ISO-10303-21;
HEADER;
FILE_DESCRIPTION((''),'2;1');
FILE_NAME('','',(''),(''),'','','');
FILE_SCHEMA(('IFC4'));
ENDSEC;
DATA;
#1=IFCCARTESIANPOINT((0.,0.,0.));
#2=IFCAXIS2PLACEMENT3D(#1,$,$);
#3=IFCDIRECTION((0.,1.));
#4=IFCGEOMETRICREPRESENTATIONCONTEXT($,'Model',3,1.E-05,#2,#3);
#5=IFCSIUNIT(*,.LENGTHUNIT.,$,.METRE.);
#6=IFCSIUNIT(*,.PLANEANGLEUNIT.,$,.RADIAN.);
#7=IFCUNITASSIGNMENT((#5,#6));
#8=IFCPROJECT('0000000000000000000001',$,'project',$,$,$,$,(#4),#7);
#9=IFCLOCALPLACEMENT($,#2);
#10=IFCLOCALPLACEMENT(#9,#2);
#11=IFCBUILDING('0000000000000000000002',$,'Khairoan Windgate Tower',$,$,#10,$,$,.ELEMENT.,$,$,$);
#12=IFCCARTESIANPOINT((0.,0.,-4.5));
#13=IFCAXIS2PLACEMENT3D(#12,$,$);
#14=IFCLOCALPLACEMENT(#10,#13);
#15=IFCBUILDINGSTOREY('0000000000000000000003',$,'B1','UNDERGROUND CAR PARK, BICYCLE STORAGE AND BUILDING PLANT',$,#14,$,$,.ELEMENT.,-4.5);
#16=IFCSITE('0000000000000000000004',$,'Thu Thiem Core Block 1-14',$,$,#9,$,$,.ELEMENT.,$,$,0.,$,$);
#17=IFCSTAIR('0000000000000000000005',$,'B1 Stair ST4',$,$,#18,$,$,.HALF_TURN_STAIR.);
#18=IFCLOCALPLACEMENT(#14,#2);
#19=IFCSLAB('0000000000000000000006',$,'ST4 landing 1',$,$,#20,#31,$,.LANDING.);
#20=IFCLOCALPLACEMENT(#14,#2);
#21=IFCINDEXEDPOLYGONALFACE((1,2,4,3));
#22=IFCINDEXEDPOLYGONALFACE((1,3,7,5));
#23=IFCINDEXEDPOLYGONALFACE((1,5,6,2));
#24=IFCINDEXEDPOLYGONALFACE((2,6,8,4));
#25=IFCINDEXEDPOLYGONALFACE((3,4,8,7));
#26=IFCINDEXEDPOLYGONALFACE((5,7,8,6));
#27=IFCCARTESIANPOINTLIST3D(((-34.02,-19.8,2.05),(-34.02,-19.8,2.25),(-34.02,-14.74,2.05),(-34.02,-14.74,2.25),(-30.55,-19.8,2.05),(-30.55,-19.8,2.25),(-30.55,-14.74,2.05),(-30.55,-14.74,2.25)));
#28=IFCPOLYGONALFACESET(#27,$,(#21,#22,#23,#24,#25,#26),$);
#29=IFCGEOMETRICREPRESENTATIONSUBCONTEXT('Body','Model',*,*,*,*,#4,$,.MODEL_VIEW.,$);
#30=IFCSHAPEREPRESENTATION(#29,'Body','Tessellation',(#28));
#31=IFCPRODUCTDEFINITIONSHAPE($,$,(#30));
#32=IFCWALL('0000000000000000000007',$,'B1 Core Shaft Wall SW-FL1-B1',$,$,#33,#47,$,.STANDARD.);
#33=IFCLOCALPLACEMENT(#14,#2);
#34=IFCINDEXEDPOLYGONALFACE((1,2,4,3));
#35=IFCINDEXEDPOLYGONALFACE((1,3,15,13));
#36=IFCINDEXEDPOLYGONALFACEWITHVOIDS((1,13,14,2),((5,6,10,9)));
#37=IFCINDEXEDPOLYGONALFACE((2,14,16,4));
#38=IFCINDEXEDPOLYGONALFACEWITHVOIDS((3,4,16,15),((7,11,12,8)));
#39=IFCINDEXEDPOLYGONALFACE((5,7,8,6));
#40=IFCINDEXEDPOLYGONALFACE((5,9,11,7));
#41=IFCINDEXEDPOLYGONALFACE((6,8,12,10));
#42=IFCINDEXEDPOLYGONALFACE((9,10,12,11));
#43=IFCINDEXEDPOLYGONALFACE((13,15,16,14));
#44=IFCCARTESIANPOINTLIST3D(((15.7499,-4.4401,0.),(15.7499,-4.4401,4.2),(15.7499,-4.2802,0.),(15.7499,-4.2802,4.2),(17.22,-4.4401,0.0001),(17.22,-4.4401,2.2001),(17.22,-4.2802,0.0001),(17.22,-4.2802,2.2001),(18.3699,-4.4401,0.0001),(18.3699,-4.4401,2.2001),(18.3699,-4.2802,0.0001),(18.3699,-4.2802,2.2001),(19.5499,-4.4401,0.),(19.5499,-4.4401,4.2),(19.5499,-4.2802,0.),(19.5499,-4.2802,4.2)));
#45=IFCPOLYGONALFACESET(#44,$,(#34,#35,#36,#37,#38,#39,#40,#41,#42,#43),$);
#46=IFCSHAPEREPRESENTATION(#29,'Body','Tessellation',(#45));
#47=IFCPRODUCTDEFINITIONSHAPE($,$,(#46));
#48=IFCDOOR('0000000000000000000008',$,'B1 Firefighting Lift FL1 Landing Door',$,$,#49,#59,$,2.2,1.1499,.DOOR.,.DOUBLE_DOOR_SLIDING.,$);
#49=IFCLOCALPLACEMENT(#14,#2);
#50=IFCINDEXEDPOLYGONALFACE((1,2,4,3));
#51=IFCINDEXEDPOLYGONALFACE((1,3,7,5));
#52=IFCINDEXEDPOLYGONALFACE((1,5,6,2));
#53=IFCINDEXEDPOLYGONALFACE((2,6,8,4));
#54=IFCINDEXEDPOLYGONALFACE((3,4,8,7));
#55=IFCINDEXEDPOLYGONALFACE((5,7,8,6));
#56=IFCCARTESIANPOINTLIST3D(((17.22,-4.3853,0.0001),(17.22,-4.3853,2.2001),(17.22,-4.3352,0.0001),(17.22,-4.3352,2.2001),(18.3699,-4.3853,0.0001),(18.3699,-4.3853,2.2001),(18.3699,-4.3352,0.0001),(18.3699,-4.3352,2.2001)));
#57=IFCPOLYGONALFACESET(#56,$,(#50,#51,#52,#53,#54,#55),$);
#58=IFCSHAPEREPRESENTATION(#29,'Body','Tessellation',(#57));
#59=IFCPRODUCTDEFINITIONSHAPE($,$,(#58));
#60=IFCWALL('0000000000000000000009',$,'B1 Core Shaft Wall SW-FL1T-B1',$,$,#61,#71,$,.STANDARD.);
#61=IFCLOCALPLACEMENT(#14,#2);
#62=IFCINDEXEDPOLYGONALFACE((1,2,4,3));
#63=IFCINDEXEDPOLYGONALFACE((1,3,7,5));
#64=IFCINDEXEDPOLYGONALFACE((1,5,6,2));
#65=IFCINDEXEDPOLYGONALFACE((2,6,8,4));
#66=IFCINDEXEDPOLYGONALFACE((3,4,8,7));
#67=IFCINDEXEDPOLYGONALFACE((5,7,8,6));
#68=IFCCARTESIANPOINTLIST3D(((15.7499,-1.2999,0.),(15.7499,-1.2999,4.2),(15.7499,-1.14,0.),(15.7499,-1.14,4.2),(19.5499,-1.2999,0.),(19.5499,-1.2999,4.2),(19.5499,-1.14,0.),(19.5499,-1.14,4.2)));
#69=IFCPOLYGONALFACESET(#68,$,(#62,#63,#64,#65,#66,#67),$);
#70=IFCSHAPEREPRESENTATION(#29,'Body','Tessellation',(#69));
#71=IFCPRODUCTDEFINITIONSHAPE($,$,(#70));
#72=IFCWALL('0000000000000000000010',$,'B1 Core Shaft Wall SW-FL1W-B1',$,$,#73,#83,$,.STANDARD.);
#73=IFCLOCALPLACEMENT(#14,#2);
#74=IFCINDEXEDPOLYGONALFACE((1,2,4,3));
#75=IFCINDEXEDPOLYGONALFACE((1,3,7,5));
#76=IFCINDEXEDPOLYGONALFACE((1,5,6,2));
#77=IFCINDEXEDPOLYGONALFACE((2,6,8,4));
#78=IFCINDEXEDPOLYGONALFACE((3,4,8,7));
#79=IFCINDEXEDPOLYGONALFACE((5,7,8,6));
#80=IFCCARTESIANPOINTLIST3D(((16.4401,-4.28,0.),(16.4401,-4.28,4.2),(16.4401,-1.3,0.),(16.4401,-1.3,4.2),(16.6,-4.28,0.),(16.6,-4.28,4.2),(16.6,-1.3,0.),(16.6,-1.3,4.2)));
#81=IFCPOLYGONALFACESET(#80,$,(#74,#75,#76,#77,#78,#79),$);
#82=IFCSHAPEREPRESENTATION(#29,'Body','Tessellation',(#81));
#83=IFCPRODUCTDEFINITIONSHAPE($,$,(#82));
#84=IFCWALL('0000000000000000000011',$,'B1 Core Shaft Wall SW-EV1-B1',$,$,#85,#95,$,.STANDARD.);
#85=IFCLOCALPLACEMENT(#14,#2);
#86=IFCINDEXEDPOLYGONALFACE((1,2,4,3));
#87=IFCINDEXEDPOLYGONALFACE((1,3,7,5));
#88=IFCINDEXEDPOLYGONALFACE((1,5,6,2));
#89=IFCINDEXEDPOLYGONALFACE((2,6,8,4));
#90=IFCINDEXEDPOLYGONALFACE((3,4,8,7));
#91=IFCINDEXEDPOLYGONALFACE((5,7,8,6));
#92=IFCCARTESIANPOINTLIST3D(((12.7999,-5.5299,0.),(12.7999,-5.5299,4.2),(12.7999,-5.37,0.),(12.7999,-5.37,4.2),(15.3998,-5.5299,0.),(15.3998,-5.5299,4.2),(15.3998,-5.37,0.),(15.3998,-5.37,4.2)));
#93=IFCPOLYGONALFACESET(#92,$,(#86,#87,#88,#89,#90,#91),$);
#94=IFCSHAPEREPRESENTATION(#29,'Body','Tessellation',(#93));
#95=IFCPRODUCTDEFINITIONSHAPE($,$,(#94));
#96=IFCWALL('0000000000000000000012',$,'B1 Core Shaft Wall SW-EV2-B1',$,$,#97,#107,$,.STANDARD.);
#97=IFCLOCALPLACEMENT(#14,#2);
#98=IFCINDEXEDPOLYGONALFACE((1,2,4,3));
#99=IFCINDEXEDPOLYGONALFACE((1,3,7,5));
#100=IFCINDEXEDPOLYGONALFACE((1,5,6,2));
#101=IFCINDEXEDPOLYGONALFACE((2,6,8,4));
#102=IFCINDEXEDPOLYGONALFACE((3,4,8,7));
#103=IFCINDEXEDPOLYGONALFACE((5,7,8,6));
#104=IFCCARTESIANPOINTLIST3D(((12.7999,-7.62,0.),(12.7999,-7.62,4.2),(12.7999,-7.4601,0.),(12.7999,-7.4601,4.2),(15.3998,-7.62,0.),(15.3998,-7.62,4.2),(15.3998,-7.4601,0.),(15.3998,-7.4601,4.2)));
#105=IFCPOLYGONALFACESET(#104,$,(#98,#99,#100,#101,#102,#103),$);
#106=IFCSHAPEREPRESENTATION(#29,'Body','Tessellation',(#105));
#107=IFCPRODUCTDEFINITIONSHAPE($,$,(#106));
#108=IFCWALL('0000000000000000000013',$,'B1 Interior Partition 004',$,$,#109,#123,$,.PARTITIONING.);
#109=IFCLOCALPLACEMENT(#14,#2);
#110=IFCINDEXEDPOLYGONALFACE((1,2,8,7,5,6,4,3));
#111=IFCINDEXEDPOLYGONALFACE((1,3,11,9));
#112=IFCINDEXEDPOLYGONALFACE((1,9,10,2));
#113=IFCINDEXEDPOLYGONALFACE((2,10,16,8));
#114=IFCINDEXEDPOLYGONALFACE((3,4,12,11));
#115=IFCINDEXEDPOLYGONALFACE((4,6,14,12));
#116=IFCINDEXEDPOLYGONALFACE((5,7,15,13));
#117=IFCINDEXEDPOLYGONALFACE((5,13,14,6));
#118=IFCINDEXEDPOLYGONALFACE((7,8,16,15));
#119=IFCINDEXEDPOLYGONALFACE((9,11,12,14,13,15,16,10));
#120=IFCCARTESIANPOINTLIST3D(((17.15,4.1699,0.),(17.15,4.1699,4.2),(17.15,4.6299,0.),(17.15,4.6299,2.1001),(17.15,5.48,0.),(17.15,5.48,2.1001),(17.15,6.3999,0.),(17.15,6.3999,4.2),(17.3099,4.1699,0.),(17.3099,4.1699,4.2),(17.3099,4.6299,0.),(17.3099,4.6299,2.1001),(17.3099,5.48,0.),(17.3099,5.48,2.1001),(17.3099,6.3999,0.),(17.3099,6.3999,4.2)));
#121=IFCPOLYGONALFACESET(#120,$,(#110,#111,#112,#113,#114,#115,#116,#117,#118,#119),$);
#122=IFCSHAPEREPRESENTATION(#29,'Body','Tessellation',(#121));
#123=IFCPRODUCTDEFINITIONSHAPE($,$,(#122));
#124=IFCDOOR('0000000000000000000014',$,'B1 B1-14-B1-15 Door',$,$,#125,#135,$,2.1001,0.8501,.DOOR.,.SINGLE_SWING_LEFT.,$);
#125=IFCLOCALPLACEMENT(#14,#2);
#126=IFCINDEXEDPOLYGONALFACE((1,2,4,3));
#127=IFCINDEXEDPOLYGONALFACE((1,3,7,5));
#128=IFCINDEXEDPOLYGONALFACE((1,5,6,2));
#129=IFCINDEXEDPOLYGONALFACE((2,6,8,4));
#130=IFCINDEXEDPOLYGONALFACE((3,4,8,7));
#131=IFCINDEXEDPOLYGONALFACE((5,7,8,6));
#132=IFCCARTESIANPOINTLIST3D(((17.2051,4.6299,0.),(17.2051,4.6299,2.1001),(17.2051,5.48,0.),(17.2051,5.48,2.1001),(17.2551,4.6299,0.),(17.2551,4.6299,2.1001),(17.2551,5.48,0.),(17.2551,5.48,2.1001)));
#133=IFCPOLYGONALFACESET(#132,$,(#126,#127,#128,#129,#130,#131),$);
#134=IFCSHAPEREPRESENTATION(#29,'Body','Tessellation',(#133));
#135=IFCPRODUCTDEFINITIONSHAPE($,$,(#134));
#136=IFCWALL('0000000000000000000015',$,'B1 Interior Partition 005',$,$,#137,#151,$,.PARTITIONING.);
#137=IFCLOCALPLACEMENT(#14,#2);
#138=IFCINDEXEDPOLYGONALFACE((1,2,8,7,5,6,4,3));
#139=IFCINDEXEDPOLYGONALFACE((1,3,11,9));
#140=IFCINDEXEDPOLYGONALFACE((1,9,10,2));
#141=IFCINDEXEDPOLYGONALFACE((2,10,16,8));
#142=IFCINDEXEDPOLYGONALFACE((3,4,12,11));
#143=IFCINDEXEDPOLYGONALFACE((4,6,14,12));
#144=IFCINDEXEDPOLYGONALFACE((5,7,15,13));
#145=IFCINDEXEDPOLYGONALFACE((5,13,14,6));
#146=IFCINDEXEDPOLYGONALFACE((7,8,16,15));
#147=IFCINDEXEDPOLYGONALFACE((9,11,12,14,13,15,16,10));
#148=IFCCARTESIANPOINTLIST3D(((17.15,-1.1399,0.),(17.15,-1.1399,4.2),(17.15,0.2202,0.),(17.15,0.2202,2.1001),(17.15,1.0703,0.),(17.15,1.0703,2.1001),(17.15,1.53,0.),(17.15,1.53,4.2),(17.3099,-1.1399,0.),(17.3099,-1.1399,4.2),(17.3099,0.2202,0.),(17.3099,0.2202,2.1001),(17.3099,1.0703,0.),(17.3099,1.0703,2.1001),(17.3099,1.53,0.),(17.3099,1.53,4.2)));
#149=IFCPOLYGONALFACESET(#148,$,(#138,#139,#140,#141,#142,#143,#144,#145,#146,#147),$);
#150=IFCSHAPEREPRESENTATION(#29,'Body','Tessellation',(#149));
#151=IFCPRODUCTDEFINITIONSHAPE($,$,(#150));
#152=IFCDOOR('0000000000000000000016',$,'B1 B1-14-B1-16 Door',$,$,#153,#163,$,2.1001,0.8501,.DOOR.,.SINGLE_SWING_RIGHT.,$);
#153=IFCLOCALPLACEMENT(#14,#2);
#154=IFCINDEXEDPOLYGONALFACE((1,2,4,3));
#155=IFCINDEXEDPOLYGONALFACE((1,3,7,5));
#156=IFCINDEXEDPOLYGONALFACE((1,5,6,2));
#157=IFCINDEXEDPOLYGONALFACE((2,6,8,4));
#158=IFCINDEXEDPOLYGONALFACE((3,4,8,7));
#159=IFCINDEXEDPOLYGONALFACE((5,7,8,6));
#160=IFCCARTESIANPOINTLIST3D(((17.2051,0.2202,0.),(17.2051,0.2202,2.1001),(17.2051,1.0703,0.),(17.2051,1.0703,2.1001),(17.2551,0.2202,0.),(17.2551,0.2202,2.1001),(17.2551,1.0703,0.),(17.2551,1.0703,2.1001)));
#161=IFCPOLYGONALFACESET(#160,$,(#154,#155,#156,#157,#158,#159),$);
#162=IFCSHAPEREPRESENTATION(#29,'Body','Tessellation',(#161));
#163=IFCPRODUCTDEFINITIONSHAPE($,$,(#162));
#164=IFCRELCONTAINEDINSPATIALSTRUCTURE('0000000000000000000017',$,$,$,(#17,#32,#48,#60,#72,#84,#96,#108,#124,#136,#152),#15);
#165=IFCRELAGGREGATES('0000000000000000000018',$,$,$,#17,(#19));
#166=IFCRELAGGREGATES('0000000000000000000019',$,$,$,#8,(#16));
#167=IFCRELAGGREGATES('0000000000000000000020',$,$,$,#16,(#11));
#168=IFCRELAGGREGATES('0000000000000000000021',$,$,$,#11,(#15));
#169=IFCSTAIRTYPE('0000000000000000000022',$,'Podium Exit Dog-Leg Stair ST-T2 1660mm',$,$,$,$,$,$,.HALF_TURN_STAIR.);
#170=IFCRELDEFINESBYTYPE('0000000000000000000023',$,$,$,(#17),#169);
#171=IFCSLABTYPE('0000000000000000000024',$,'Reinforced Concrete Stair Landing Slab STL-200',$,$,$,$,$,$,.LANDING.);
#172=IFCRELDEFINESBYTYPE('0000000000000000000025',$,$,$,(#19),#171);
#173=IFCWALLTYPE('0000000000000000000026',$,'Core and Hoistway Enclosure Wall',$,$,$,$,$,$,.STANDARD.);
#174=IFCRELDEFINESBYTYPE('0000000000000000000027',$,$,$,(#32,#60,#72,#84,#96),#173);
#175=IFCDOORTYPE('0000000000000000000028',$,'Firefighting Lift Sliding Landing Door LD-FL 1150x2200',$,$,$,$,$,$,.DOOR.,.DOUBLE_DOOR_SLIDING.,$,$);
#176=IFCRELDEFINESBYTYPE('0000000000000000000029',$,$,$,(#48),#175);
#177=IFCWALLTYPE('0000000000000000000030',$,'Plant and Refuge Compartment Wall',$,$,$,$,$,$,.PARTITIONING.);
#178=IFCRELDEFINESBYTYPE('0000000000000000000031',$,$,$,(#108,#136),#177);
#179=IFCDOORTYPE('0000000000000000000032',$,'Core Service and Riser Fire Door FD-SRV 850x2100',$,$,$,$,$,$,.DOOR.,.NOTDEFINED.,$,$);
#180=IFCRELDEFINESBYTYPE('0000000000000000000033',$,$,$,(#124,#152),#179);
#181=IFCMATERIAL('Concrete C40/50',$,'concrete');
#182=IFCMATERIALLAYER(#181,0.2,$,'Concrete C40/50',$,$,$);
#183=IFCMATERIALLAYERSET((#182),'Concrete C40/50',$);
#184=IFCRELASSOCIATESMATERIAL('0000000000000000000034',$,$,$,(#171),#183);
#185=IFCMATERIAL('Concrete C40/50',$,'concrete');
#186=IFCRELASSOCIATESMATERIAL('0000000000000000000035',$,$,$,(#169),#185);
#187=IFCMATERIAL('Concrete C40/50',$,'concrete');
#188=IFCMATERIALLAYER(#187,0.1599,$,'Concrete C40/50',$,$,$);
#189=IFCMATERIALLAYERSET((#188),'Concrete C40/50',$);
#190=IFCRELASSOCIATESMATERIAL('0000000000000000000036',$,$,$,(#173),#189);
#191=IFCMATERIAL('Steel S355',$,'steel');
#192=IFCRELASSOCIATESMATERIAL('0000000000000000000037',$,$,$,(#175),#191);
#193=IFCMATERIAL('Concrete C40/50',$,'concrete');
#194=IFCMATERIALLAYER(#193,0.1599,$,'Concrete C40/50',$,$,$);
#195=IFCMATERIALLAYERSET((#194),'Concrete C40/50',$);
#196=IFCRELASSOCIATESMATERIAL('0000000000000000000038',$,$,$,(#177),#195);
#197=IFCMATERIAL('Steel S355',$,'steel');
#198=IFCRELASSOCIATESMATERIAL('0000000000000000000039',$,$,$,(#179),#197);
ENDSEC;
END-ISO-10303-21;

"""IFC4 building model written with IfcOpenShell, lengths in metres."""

from ifc_helpers import new_model, si_unit, direction, frame, frame_2d, origin, place, context, subcontext, project, spatial, polyline, rectangle, outline, extrude, material, layer, layer_set, type_object, element, fill, aggregate, save


model = new_model("IFC4")

# Units and contexts
model_context = context("Model", 3, precision=1e-05, world=origin(), true_north=direction((0.0, 1.0)))
body_context = subcontext(model_context, "Body", "Model", "MODEL_VIEW")
ifc_project = project(units=[si_unit("LENGTHUNIT", "METRE"), si_unit("PLANEANGLEUNIT", "RADIAN")], contexts=[model_context])

# Site, building, storey
site_placement = place(None, origin())
site = spatial("IfcSite", under=ifc_project, at=site_placement, Name="Thu Thiem Core Block 1-14", CompositionType="ELEMENT", RefElevation=0.0)
building_placement = place(site_placement, origin())
building = spatial("IfcBuilding", under=site, at=building_placement, Name="Khairoan Windgate Tower", CompositionType="ELEMENT")
storey_placement = place(building_placement, frame((0.0, 0.0, -4.5)))
storey = spatial("IfcBuildingStorey", under=building, at=storey_placement, Name="B1", Description="UNDERGROUND CAR PARK, BICYCLE STORAGE AND BUILDING PLANT", CompositionType="ELEMENT", Elevation=-4.5)

# Stair, slab
ifc_material_1 = material(Name="Concrete C40/50", Category="concrete")
ifc_layer_1 = layer(ifc_material_1, 0.2, Name="Concrete C40/50")
ifc_layer_set_1 = layer_set([ifc_layer_1], Name="Concrete C40/50")
slab_type_1 = type_object("IfcSlabType", Name="Reinforced Concrete Stair Landing Slab STL-200", PredefinedType="LANDING", material=ifc_layer_set_1)
ifc_material_2 = material(Name="Concrete C40/50", Category="concrete")
stair_type_1 = type_object("IfcStairType", Name="Podium Exit Dog-Leg Stair ST-T2 1660mm", PredefinedType="HALF_TURN_STAIR", material=ifc_material_2)
stair_1_placement = place(storey_placement, origin())
stair_1 = element("IfcStair", 1, at=stair_1_placement, inside=storey, type_object=stair_type_1, Name="B1 Stair ST4", PredefinedType="HALF_TURN_STAIR")
slab_1_placement = place(storey_placement, frame((0.0, 0.0, 2.05)))
slab_1 = element("IfcSlab", 2, at=slab_1_placement, type_object=slab_type_1, Name="ST4 landing 1", PredefinedType="LANDING", context=body_context, shape_type="SweptSolid", body=[
    extrude(outline(polyline([(-34.02, -14.74), (-34.02, -19.8), (-30.55, -19.8), (-30.55, -14.74), (-34.02, -14.74)])), origin(), (0.0, 0.0, 1.0), 0.2),
])
aggregate(stair_1, [slab_1])

# Wall, opening, door
ifc_material_3 = material(Name="Concrete C40/50", Category="concrete")
ifc_layer_2 = layer(ifc_material_3, 0.1599, Name="Concrete C40/50")
ifc_layer_set_2 = layer_set([ifc_layer_2], Name="Concrete C40/50")
wall_type_1 = type_object("IfcWallType", Name="Core and Hoistway Enclosure Wall", PredefinedType="STANDARD", material=ifc_layer_set_2)
wall_1_placement = place(storey_placement, frame((15.75, -4.3601, 0.0), z_axis=(0.0, 0.0, 1.0), x_axis=(1.0, 0.0, 0.0)))
wall_1 = element("IfcWall", 3, at=wall_1_placement, inside=storey, type_object=wall_type_1, Name="B1 Core Shaft Wall SW-FL1-B1", PredefinedType="STANDARD", context=body_context, shape_type="SweptSolid", body=[
    extrude(rectangle(XDim=3.8, YDim=0.1599, at=frame_2d((1.8999, 0.0))), origin(), (0.0, 0.0, 1.0), 4.2),
])
opening_1_placement = place(wall_1_placement, frame((1.47, 0.0, 0.0)))
opening_1 = element("IfcOpeningElement", 4, at=opening_1_placement, cuts=wall_1, PredefinedType="OPENING", context=body_context, shape_type="SweptSolid", body=[
    extrude(rectangle(XDim=1.1499, YDim=2.2, at=frame_2d((0.575, 1.1001))), frame((0.0, 0.0898, 0.0), z_axis=(0.0, -1.0, 0.0), x_axis=(1.0, 0.0, 0.0)), (0.0, 0.0, 1.0), 0.1799),
])
ifc_material_4 = material(Name="Steel S355", Category="steel")
door_type_1 = type_object("IfcDoorType", Name="Firefighting Lift Sliding Landing Door LD-FL 1150x2200", OperationType="DOUBLE_DOOR_SLIDING", PredefinedType="DOOR", material=ifc_material_4)
door_1_placement = place(opening_1_placement, origin())
door_1 = element("IfcDoor", 5, at=door_1_placement, inside=storey, type_object=door_type_1, Name="B1 Firefighting Lift FL1 Landing Door", OperationType="DOUBLE_DOOR_SLIDING", OverallHeight=2.2, OverallWidth=1.1499, PredefinedType="DOOR", context=body_context, shape_type="SweptSolid", body=[
    extrude(rectangle(XDim=1.1499, YDim=2.2, at=frame_2d((0.575, 1.1001))), frame((0.0, 0.0249, 0.0), z_axis=(0.0, -1.0, 0.0), x_axis=(1.0, 0.0, 0.0)), (0.0, 0.0, 1.0), 0.05),
])
fill(opening_1, door_1)

# Walls
wall_2_placement = place(storey_placement, frame((15.75, -1.22, 0.0), z_axis=(0.0, 0.0, 1.0), x_axis=(1.0, 0.0, 0.0)))
element("IfcWall", 6, at=wall_2_placement, inside=storey, type_object=wall_type_1, Name="B1 Core Shaft Wall SW-FL1T-B1", PredefinedType="STANDARD", context=body_context, shape_type="SweptSolid", body=[
    extrude(rectangle(XDim=3.8, YDim=0.1599, at=frame_2d((1.8999, 0.0))), origin(), (0.0, 0.0, 1.0), 4.2),
])
wall_3_placement = place(storey_placement, frame((16.52, -4.28, 0.0), z_axis=(0.0, 0.0, 1.0), x_axis=(0.0, 1.0, 0.0)))
element("IfcWall", 7, at=wall_3_placement, inside=storey, type_object=wall_type_1, Name="B1 Core Shaft Wall SW-FL1W-B1", PredefinedType="STANDARD", context=body_context, shape_type="SweptSolid", body=[
    extrude(rectangle(XDim=2.98, YDim=0.1599, at=frame_2d((1.49, 0.0))), origin(), (0.0, 0.0, 1.0), 4.2),
])
for number, where, z_axis, x_axis, name in (
    (8, (12.8, -5.45, 0.0), (0.0, 0.0, 1.0), (1.0, 0.0, 0.0), "B1 Core Shaft Wall SW-EV1-B1"),
    (9, (12.8, -7.54, 0.0), (0.0, 0.0, 1.0), (1.0, 0.0, 0.0), "B1 Core Shaft Wall SW-EV2-B1"),
):
    element("IfcWall", number, at=place(storey_placement, frame(where, z_axis=z_axis, x_axis=x_axis)), inside=storey, type_object=wall_type_1, Name=name, PredefinedType="STANDARD", context=body_context, shape_type="SweptSolid", body=[
        extrude(rectangle(XDim=2.5999, YDim=0.1599, at=frame_2d((1.2998, 0.0))), origin(), (0.0, 0.0, 1.0), 4.2),
    ])

# Walls, openings, doors
ifc_material_5 = material(Name="Concrete C40/50", Category="concrete")
ifc_layer_3 = layer(ifc_material_5, 0.1599, Name="Concrete C40/50")
ifc_layer_set_3 = layer_set([ifc_layer_3], Name="Concrete C40/50")
wall_type_2 = type_object("IfcWallType", Name="Plant and Refuge Compartment Wall", PredefinedType="PARTITIONING", material=ifc_layer_set_3)
wall_4_placement = place(storey_placement, frame((17.23, 4.1699, 0.0), z_axis=(0.0, 0.0, 1.0), x_axis=(0.0, 1.0, 0.0)))
wall_4 = element("IfcWall", 10, at=wall_4_placement, inside=storey, type_object=wall_type_2, Name="B1 Interior Partition 004", PredefinedType="PARTITIONING", context=body_context, shape_type="SweptSolid", body=[
    extrude(rectangle(XDim=2.23, YDim=0.1599, at=frame_2d((1.115, 0.0))), origin(), (0.0, 0.0, 1.0), 4.2),
])
opening_2_placement = place(wall_4_placement, frame((0.46, 0.0, 0.0)))
opening_2 = element("IfcOpeningElement", 11, at=opening_2_placement, cuts=wall_4, PredefinedType="OPENING", context=body_context, shape_type="SweptSolid", body=[
    extrude(rectangle(XDim=0.8501, YDim=2.1001, at=frame_2d((0.425, 1.05))), frame((0.0, 0.0898, 0.0), z_axis=(0.0, -1.0, 0.0), x_axis=(1.0, 0.0, 0.0)), (0.0, 0.0, 1.0), 0.1799),
])
ifc_material_6 = material(Name="Steel S355", Category="steel")
door_type_2 = type_object("IfcDoorType", Name="Core Service and Riser Fire Door FD-SRV 850x2100", OperationType="NOTDEFINED", PredefinedType="DOOR", material=ifc_material_6)
door_2_placement = place(opening_2_placement, origin())
door_2 = element("IfcDoor", 12, at=door_2_placement, inside=storey, type_object=door_type_2, Name="B1 B1-14-B1-15 Door", OperationType="SINGLE_SWING_LEFT", OverallHeight=2.1001, OverallWidth=0.8501, PredefinedType="DOOR", context=body_context, shape_type="SweptSolid", body=[
    extrude(rectangle(XDim=0.8501, YDim=2.1001, at=frame_2d((0.425, 1.05))), frame((0.0, 0.0249, 0.0), z_axis=(0.0, -1.0, 0.0), x_axis=(1.0, 0.0, 0.0)), (0.0, 0.0, 1.0), 0.05),
])
fill(opening_2, door_2)
wall_5_placement = place(storey_placement, frame((17.23, -1.1399, 0.0), z_axis=(0.0, 0.0, 1.0), x_axis=(0.0, 1.0, 0.0)))
wall_5 = element("IfcWall", 13, at=wall_5_placement, inside=storey, type_object=wall_type_2, Name="B1 Interior Partition 005", PredefinedType="PARTITIONING", context=body_context, shape_type="SweptSolid", body=[
    extrude(rectangle(XDim=2.6699, YDim=0.1599, at=frame_2d((1.335, 0.0))), origin(), (0.0, 0.0, 1.0), 4.2),
])
opening_3_placement = place(wall_5_placement, frame((1.3601, 0.0, 0.0)))
opening_3 = element("IfcOpeningElement", 14, at=opening_3_placement, cuts=wall_5, PredefinedType="OPENING", context=body_context, shape_type="SweptSolid", body=[
    extrude(rectangle(XDim=0.8501, YDim=2.1001, at=frame_2d((0.425, 1.05))), frame((0.0, 0.0898, 0.0), z_axis=(0.0, -1.0, 0.0), x_axis=(1.0, 0.0, 0.0)), (0.0, 0.0, 1.0), 0.1799),
])
door_3_placement = place(opening_3_placement, origin())
door_3 = element("IfcDoor", 15, at=door_3_placement, inside=storey, type_object=door_type_2, Name="B1 B1-14-B1-16 Door", OperationType="SINGLE_SWING_RIGHT", OverallHeight=2.1001, OverallWidth=0.8501, PredefinedType="DOOR", context=body_context, shape_type="SweptSolid", body=[
    extrude(rectangle(XDim=0.8501, YDim=2.1001, at=frame_2d((0.425, 1.05))), frame((0.0, 0.0249, 0.0), z_axis=(0.0, -1.0, 0.0), x_axis=(1.0, 0.0, 0.0)), (0.0, 0.0, 1.0), 0.05),
])
fill(opening_3, door_3)

save(model, "model.ifc")
